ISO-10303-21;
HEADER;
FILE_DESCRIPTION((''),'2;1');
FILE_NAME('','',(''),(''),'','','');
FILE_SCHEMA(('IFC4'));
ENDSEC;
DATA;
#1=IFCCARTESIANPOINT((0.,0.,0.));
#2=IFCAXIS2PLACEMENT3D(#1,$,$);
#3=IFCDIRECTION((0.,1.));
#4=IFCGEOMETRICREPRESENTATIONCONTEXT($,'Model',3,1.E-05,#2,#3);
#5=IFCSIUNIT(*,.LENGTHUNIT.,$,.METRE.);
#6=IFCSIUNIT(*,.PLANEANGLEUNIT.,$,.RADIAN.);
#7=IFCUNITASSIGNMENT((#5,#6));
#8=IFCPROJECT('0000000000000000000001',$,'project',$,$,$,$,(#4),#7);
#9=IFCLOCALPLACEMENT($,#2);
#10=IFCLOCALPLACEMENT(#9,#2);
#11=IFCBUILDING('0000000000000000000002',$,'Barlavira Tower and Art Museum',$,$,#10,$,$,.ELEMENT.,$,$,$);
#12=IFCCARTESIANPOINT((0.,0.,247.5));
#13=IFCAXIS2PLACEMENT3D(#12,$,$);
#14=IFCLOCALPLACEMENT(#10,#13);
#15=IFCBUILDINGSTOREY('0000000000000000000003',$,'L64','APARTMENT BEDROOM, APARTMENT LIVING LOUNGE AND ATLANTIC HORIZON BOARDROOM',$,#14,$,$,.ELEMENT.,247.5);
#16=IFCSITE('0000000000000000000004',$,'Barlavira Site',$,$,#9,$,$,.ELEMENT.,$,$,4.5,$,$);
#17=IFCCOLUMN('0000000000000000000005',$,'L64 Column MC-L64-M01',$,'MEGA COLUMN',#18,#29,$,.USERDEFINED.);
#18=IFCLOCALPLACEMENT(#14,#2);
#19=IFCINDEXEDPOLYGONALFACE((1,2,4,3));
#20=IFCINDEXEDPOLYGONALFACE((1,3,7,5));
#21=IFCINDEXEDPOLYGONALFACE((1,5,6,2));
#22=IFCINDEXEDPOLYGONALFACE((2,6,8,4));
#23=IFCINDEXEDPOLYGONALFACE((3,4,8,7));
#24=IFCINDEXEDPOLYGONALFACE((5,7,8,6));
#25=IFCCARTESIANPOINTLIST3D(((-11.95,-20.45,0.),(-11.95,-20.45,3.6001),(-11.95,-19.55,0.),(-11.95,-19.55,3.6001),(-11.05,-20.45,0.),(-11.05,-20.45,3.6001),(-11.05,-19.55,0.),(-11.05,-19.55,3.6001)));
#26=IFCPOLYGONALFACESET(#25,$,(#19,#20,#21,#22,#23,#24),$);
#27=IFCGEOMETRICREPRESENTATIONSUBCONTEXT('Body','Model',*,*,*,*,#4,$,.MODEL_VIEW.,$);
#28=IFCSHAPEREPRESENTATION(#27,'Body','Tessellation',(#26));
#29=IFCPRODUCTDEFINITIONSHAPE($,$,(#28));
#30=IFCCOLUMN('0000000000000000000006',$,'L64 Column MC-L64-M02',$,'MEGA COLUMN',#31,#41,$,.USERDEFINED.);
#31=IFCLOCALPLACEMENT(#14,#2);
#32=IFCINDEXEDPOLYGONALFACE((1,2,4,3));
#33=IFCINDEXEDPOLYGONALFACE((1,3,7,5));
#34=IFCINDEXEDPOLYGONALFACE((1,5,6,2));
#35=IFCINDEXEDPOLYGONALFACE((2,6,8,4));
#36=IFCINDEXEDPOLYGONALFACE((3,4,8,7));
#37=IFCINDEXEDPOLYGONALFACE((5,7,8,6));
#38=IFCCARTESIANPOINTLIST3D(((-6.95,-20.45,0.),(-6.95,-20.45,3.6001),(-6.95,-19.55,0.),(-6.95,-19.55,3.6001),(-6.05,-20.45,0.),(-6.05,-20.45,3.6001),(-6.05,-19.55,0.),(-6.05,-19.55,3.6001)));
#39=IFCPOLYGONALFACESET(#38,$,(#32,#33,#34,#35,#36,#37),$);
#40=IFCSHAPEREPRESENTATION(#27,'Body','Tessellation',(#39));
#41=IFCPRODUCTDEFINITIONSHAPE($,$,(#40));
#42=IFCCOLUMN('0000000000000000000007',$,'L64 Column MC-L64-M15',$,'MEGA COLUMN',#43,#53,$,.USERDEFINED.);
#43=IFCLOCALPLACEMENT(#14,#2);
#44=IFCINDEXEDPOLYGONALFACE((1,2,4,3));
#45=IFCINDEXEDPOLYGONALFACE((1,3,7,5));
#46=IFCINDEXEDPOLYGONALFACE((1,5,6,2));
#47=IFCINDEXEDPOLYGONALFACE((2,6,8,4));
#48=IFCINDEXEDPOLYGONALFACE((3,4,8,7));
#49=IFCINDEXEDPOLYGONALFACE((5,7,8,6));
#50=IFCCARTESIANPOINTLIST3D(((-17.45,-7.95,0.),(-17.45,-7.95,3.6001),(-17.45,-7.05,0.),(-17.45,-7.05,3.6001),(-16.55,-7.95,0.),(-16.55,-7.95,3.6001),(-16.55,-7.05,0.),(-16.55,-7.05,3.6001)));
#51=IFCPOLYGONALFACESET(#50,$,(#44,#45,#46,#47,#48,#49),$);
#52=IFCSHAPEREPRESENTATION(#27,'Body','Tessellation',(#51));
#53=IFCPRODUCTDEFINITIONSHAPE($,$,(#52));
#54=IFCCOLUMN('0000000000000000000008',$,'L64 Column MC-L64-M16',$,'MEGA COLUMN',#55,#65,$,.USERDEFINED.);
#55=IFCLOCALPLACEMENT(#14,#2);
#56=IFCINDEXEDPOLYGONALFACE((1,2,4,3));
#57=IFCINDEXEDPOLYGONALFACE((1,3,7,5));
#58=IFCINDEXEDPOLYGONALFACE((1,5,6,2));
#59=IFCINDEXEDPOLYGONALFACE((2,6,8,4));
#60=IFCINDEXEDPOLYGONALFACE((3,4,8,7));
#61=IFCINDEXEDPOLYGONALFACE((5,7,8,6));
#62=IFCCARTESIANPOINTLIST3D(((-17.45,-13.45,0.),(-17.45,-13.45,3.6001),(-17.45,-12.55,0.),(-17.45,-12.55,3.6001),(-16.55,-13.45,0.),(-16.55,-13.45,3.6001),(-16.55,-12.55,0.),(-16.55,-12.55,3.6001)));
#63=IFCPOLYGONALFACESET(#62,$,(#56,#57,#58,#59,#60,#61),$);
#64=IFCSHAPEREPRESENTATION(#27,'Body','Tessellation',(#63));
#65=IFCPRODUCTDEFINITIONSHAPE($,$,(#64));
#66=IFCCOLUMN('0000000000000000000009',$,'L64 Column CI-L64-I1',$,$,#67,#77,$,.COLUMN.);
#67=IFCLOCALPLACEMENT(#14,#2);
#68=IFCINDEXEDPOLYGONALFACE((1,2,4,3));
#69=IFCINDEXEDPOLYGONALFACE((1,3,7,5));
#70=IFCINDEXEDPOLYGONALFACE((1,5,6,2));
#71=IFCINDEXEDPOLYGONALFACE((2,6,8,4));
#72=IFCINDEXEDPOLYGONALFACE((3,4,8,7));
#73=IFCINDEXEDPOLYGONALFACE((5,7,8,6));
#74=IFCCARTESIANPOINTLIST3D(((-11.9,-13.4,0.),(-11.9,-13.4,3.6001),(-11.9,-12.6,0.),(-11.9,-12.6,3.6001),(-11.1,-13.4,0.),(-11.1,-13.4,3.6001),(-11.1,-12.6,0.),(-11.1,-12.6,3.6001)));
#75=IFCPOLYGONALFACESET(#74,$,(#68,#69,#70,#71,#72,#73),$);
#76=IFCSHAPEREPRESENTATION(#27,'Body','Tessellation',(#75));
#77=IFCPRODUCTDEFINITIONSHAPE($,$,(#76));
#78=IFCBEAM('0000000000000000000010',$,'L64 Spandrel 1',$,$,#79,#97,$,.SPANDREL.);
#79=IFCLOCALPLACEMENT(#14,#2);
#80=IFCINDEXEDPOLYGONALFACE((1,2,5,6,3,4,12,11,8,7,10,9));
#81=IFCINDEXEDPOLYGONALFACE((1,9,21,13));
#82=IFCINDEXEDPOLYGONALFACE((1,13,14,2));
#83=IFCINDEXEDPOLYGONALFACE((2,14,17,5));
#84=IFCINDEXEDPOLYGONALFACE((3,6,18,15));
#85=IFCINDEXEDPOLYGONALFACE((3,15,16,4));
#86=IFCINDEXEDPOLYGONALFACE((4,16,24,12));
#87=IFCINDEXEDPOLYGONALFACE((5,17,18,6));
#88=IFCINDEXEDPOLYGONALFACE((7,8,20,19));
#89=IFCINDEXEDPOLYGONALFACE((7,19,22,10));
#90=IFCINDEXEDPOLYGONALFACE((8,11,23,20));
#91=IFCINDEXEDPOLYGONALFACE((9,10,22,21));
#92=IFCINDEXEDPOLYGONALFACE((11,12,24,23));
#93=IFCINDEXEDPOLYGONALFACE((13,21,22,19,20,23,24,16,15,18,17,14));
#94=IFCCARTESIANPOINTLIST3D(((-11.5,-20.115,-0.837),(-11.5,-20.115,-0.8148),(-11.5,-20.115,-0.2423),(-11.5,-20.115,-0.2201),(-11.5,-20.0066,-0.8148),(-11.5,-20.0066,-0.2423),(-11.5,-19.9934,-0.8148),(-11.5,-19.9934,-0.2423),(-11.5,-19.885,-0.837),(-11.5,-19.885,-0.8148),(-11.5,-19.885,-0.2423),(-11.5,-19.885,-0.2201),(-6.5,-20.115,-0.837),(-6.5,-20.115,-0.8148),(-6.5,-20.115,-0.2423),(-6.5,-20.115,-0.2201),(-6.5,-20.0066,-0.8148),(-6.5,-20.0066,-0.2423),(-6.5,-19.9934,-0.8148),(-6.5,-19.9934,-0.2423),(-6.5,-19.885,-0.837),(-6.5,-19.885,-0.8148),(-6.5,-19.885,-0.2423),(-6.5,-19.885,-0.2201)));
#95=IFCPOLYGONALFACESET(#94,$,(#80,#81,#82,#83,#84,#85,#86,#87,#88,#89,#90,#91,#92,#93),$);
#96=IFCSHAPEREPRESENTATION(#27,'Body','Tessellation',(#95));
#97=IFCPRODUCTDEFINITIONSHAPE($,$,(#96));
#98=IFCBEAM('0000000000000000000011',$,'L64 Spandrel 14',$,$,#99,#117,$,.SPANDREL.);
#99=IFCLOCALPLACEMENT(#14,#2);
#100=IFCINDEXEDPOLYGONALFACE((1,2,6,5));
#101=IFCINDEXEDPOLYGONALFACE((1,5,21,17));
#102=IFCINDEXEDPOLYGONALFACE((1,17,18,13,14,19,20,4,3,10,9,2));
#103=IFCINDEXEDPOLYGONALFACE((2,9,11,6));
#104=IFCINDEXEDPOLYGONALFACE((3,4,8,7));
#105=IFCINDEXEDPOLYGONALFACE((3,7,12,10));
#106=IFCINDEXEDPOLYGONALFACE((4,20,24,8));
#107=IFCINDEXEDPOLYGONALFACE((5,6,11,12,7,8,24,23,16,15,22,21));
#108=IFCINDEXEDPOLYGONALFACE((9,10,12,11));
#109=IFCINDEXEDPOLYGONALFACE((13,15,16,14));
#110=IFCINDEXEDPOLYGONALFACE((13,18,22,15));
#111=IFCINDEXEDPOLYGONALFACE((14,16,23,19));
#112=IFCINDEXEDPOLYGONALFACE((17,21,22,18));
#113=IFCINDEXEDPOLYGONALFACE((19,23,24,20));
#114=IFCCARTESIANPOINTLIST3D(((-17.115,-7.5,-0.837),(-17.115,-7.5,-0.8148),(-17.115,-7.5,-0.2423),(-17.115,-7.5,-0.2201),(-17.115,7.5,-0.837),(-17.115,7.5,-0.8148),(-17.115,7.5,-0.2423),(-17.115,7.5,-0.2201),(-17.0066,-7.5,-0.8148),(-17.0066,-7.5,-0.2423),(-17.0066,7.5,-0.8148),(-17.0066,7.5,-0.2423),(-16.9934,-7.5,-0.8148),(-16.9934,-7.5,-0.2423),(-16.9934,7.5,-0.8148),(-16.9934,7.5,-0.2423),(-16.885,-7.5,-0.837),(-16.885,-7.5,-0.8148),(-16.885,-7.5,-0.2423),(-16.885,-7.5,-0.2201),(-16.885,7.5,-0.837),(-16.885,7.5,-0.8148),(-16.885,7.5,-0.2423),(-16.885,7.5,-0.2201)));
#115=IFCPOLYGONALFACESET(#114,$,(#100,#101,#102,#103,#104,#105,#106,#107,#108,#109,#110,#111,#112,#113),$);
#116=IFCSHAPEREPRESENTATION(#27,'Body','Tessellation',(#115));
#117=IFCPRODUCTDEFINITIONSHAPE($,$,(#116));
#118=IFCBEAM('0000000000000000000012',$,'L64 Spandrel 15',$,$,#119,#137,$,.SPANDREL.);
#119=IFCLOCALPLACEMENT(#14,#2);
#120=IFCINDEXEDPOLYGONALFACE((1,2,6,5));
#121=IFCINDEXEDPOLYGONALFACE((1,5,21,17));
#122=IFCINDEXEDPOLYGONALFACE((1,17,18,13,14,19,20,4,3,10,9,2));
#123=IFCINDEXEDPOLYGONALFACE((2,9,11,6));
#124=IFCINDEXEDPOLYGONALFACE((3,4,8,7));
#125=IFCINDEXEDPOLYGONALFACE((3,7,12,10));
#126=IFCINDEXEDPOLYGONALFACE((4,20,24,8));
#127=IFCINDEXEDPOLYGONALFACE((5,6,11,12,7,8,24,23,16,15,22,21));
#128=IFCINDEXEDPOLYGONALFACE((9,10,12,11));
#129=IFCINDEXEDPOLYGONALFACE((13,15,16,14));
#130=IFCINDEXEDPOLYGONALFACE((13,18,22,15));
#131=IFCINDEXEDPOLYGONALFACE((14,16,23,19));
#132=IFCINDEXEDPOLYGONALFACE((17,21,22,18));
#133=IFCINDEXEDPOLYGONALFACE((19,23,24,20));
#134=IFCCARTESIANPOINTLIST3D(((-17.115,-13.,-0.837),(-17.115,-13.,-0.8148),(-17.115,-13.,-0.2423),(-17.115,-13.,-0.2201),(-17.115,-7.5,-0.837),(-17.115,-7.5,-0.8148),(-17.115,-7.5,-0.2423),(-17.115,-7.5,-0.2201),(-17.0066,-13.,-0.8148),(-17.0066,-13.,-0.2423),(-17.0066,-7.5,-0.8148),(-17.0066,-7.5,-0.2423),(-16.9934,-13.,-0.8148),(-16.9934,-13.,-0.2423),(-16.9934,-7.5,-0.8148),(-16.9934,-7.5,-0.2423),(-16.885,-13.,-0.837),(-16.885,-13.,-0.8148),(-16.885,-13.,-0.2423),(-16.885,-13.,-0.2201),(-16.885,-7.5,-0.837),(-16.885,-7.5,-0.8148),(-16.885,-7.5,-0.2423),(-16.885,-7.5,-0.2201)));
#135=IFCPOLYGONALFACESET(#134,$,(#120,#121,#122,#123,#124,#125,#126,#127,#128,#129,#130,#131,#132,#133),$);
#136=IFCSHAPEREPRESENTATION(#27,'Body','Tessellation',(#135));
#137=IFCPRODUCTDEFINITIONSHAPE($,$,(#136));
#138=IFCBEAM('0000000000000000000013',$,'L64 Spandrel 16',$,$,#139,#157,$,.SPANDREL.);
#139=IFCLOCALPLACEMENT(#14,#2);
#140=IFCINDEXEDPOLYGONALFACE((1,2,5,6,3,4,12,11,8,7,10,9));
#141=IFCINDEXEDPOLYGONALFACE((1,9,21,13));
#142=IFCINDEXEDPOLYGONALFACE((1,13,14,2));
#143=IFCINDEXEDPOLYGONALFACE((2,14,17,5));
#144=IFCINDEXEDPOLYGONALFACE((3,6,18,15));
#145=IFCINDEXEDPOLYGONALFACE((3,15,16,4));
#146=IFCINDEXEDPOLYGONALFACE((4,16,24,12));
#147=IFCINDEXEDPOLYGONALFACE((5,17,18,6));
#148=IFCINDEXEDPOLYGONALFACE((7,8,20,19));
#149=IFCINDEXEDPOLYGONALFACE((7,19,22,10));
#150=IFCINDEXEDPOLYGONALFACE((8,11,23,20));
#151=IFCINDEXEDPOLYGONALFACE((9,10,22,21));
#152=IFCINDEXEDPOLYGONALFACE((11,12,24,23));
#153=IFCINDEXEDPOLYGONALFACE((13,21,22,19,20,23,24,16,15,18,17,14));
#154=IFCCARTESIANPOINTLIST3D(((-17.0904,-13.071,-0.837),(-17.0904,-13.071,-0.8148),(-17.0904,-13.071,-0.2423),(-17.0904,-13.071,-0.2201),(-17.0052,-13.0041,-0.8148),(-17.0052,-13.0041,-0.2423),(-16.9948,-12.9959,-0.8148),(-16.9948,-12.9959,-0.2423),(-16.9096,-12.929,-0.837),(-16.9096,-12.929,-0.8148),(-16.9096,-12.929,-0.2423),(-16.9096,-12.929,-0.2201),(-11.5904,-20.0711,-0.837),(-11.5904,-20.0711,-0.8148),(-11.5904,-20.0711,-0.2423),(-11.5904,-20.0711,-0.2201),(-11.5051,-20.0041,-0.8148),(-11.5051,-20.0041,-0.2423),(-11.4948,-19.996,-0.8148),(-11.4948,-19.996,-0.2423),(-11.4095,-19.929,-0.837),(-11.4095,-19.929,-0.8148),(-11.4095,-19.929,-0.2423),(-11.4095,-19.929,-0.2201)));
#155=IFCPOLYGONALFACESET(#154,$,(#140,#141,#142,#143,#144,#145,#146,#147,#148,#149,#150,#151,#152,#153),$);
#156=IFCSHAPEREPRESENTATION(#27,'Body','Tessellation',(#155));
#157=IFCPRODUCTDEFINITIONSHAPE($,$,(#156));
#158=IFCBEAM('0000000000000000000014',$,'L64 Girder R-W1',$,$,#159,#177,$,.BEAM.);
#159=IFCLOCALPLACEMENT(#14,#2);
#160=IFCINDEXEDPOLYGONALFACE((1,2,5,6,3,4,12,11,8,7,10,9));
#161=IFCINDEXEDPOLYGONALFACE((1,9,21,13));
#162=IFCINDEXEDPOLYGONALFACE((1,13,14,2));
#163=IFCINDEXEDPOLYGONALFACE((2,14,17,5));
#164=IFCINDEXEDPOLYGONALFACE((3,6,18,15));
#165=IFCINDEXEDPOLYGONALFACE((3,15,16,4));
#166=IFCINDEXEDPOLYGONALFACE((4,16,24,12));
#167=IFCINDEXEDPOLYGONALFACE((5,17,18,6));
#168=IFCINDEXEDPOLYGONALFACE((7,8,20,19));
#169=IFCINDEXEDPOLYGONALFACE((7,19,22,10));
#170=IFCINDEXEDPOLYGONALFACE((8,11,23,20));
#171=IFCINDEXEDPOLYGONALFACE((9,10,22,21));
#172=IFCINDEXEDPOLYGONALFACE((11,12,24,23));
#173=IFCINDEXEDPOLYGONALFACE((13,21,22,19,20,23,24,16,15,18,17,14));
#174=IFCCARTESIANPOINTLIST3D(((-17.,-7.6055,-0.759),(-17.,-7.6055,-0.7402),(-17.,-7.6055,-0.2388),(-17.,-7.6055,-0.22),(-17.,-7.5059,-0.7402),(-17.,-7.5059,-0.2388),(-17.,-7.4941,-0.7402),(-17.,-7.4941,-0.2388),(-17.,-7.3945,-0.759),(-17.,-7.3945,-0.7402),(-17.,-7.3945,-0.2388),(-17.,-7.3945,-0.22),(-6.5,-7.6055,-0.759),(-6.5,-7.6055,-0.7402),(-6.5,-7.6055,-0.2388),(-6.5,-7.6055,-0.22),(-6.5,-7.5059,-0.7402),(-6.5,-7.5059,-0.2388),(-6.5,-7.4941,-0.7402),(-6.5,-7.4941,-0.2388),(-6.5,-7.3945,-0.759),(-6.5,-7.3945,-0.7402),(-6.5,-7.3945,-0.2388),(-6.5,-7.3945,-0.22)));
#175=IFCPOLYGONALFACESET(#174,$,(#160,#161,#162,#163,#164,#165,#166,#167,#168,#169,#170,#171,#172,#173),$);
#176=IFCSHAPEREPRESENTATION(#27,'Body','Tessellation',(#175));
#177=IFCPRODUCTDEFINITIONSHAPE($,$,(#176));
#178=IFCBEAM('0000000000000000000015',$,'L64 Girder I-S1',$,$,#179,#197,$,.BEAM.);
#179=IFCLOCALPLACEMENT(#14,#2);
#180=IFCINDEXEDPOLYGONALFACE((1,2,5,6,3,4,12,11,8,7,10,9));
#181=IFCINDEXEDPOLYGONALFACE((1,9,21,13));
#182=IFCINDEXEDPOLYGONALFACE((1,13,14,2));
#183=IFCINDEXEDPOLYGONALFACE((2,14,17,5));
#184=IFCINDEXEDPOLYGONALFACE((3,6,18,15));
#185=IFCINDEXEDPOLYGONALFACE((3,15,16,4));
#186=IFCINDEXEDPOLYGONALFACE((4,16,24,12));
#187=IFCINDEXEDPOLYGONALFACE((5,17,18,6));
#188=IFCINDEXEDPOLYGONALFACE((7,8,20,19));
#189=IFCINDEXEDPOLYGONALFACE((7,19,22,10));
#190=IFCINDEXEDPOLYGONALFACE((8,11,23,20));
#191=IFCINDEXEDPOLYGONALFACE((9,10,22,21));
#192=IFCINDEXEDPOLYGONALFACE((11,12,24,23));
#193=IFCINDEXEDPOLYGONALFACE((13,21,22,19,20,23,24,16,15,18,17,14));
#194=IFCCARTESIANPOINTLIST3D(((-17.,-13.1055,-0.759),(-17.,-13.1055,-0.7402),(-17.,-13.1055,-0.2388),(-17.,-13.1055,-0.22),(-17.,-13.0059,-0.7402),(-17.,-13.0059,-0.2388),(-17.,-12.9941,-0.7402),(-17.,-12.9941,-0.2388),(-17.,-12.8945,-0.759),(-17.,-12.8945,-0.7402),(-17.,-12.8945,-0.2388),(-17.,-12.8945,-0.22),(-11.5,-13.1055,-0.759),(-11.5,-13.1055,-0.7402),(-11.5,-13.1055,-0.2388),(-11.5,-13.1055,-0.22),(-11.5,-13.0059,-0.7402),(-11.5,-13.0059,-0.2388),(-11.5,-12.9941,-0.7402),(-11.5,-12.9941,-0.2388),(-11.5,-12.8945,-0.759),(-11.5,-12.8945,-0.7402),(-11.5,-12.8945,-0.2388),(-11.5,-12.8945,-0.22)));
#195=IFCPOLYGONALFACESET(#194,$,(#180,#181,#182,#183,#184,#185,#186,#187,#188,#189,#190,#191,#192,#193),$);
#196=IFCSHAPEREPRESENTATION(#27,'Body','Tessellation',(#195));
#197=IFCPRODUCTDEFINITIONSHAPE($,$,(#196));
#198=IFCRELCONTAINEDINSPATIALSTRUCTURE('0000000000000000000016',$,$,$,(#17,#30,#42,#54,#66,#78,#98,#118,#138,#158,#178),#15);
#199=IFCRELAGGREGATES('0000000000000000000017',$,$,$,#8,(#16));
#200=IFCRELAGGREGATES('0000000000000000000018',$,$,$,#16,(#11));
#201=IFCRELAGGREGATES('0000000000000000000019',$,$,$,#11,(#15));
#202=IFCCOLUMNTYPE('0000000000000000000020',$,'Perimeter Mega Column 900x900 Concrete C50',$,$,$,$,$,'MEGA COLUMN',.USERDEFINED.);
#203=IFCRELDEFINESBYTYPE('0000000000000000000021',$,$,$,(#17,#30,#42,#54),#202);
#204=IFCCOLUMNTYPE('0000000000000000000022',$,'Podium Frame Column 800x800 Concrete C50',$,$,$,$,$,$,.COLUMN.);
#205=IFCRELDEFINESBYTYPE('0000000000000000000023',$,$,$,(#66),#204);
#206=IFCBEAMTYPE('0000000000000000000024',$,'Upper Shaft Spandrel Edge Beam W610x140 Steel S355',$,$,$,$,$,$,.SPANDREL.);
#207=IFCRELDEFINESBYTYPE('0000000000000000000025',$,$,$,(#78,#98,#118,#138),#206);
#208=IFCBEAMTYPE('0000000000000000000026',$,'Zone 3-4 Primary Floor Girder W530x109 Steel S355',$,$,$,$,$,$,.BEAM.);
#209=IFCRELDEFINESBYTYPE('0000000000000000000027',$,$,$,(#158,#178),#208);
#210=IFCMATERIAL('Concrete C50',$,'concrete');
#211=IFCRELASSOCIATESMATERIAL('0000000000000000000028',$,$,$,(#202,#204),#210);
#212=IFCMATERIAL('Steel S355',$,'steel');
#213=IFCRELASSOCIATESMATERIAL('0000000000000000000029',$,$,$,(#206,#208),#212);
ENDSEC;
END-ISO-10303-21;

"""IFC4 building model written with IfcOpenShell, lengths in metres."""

from ifc_helpers import new_model, si_unit, direction, frame, origin, origin_2d, place, context, subcontext, project, spatial, rectangle, i_section, extrude, material, material_profile, profile_set, type_object, element, save


model = new_model("IFC4")

# Units and contexts
model_context = context("Model", 3, precision=1e-05, world=origin(), true_north=direction((0.0, 1.0)))
body_context = subcontext(model_context, "Body", "Model", "MODEL_VIEW")
ifc_project = project(units=[si_unit("LENGTHUNIT", "METRE"), si_unit("PLANEANGLEUNIT", "RADIAN")], contexts=[model_context])

# Site, building, storey
site_placement = place(None, origin())
site = spatial("IfcSite", under=ifc_project, at=site_placement, Name="Barlavira Site", CompositionType="ELEMENT", RefElevation=4.5)
building_placement = place(site_placement, origin())
building = spatial("IfcBuilding", under=site, at=building_placement, Name="Barlavira Tower and Art Museum", CompositionType="ELEMENT")
storey_placement = place(building_placement, frame((0.0, 0.0, 247.5)))
storey = spatial("IfcBuildingStorey", under=building, at=storey_placement, Name="L64", Description="APARTMENT BEDROOM, APARTMENT LIVING LOUNGE AND ATLANTIC HORIZON BOARDROOM", CompositionType="ELEMENT", Elevation=247.5)

# Columns
ifc_material_1 = material(Name="Concrete C50", Category="concrete")
ifc_material_profile_1 = material_profile(ifc_material_1, rectangle(XDim=0.8999, YDim=0.8999, at=origin_2d()), Name="RC-COL 900x900")
ifc_profile_set_1 = profile_set([ifc_material_profile_1], Name="Concrete C50")
column_type_1 = type_object("IfcColumnType", Name="Perimeter Mega Column 900x900 Concrete C50", ElementType="MEGA COLUMN", PredefinedType="USERDEFINED", material=ifc_profile_set_1)
for number, where, z_axis, x_axis, name in (
    (1, (-11.5, -20.0, 0.0), (0.0, 0.0, 1.0), (1.0, 0.0, 0.0), "L64 Column MC-L64-M01"),
    (2, (-6.5, -20.0, 0.0), (0.0, 0.0, 1.0), (1.0, 0.0, 0.0), "L64 Column MC-L64-M02"),
    (3, (-17.0, -7.5, 0.0), (0.0, 0.0, 1.0), (1.0, 0.0, 0.0), "L64 Column MC-L64-M15"),
    (4, (-17.0, -13.0, 0.0), (0.0, 0.0, 1.0), (1.0, 0.0, 0.0), "L64 Column MC-L64-M16"),
):
    element("IfcColumn", number, at=place(storey_placement, frame(where, z_axis=z_axis, x_axis=x_axis)), inside=storey, type_object=column_type_1, Name=name, ObjectType="MEGA COLUMN", PredefinedType="USERDEFINED", context=body_context, shape_type="SweptSolid", body=[
        extrude(rectangle(XDim=0.8999, YDim=0.8999, at=origin_2d()), origin(), (0.0, 0.0, 1.0), 3.6001),
    ])
ifc_material_profile_2 = material_profile(ifc_material_1, rectangle(XDim=0.8, YDim=0.8, at=origin_2d()), Name="RC-COL 800x800")
ifc_profile_set_2 = profile_set([ifc_material_profile_2], Name="Concrete C50")
column_type_2 = type_object("IfcColumnType", Name="Podium Frame Column 800x800 Concrete C50", PredefinedType="COLUMN", material=ifc_profile_set_2)
column_placement = place(storey_placement, frame((-11.5, -13.0, 0.0), z_axis=(0.0, 0.0, 1.0), x_axis=(1.0, 0.0, 0.0)))
element("IfcColumn", 5, at=column_placement, inside=storey, type_object=column_type_2, Name="L64 Column CI-L64-I1", PredefinedType="COLUMN", context=body_context, shape_type="SweptSolid", body=[
    extrude(rectangle(XDim=0.8, YDim=0.8, at=origin_2d()), origin(), (0.0, 0.0, 1.0), 3.6001),
])

# Beams
ifc_material_2 = material(Name="Steel S355", Category="steel")
ifc_material_profile_3 = material_profile(ifc_material_2, i_section(OverallWidth=0.23, OverallDepth=0.6169, WebThickness=0.0132, FlangeThickness=0.0222, at=origin_2d()), Name="W610x140.0")
ifc_profile_set_3 = profile_set([ifc_material_profile_3], Name="Steel S355")
beam_type_1 = type_object("IfcBeamType", Name="Upper Shaft Spandrel Edge Beam W610x140 Steel S355", PredefinedType="SPANDREL", material=ifc_profile_set_3)
beam_1_placement = place(storey_placement, frame((-11.5, -20.0, -0.5286), z_axis=(1.0, 0.0, 0.0), x_axis=(0.0, 1.0, 0.0)))
element("IfcBeam", 6, at=beam_1_placement, inside=storey, type_object=beam_type_1, Name="L64 Spandrel 1", PredefinedType="SPANDREL", context=body_context, shape_type="SweptSolid", body=[
    extrude(i_section(OverallWidth=0.23, OverallDepth=0.6169, WebThickness=0.0132, FlangeThickness=0.0222, at=origin_2d()), origin(), (0.0, 0.0, 1.0), 5.0),
])
beam_2_placement = place(storey_placement, frame((-17.0, -7.5, -0.5286), z_axis=(0.0, 1.0, 0.0), x_axis=(-1.0, 0.0, 0.0)))
element("IfcBeam", 7, at=beam_2_placement, inside=storey, type_object=beam_type_1, Name="L64 Spandrel 14", PredefinedType="SPANDREL", context=body_context, shape_type="SweptSolid", body=[
    extrude(i_section(OverallWidth=0.23, OverallDepth=0.6169, WebThickness=0.0132, FlangeThickness=0.0222, at=origin_2d()), origin(), (0.0, 0.0, 1.0), 15.0),
])
beam_3_placement = place(storey_placement, frame((-17.0, -13.0, -0.5286), z_axis=(0.0, 1.0, 0.0), x_axis=(-1.0, 0.0, 0.0)))
element("IfcBeam", 8, at=beam_3_placement, inside=storey, type_object=beam_type_1, Name="L64 Spandrel 15", PredefinedType="SPANDREL", context=body_context, shape_type="SweptSolid", body=[
    extrude(i_section(OverallWidth=0.23, OverallDepth=0.6169, WebThickness=0.0132, FlangeThickness=0.0222, at=origin_2d()), origin(), (0.0, 0.0, 1.0), 5.5),
])
beam_4_placement = place(storey_placement, frame((-17.0, -13.0, -0.5286), z_axis=(0.617822, -0.786318, 0.0), x_axis=(0.786318, 0.617822, 0.0)))
element("IfcBeam", 9, at=beam_4_placement, inside=storey, type_object=beam_type_1, Name="L64 Spandrel 16", PredefinedType="SPANDREL", context=body_context, shape_type="SweptSolid", body=[
    extrude(i_section(OverallWidth=0.23, OverallDepth=0.6169, WebThickness=0.0132, FlangeThickness=0.0222, at=origin_2d()), origin(), (0.0, 0.0, 1.0), 8.9023),
])
ifc_material_profile_4 = material_profile(ifc_material_2, i_section(OverallWidth=0.2109, OverallDepth=0.5391, WebThickness=0.0117, FlangeThickness=0.0188, at=origin_2d()), Name="W530x109.0")
ifc_profile_set_4 = profile_set([ifc_material_profile_4], Name="Steel S355")
beam_type_2 = type_object("IfcBeamType", Name="Zone 3-4 Primary Floor Girder W530x109 Steel S355", PredefinedType="BEAM", material=ifc_profile_set_4)
beam_5_placement = place(storey_placement, frame((-17.0, -7.5, -0.4895), z_axis=(1.0, 0.0, 0.0), x_axis=(0.0, 1.0, 0.0)))
element("IfcBeam", 10, at=beam_5_placement, inside=storey, type_object=beam_type_2, Name="L64 Girder R-W1", PredefinedType="BEAM", context=body_context, shape_type="SweptSolid", body=[
    extrude(i_section(OverallWidth=0.2109, OverallDepth=0.5391, WebThickness=0.0117, FlangeThickness=0.0188, at=origin_2d()), origin(), (0.0, 0.0, 1.0), 10.5),
])
beam_6_placement = place(storey_placement, frame((-17.0, -13.0, -0.4895), z_axis=(1.0, 0.0, 0.0), x_axis=(0.0, 1.0, 0.0)))
element("IfcBeam", 11, at=beam_6_placement, inside=storey, type_object=beam_type_2, Name="L64 Girder I-S1", PredefinedType="BEAM", context=body_context, shape_type="SweptSolid", body=[
    extrude(i_section(OverallWidth=0.2109, OverallDepth=0.5391, WebThickness=0.0117, FlangeThickness=0.0188, at=origin_2d()), origin(), (0.0, 0.0, 1.0), 5.5),
])

save(model, "model.ifc")
